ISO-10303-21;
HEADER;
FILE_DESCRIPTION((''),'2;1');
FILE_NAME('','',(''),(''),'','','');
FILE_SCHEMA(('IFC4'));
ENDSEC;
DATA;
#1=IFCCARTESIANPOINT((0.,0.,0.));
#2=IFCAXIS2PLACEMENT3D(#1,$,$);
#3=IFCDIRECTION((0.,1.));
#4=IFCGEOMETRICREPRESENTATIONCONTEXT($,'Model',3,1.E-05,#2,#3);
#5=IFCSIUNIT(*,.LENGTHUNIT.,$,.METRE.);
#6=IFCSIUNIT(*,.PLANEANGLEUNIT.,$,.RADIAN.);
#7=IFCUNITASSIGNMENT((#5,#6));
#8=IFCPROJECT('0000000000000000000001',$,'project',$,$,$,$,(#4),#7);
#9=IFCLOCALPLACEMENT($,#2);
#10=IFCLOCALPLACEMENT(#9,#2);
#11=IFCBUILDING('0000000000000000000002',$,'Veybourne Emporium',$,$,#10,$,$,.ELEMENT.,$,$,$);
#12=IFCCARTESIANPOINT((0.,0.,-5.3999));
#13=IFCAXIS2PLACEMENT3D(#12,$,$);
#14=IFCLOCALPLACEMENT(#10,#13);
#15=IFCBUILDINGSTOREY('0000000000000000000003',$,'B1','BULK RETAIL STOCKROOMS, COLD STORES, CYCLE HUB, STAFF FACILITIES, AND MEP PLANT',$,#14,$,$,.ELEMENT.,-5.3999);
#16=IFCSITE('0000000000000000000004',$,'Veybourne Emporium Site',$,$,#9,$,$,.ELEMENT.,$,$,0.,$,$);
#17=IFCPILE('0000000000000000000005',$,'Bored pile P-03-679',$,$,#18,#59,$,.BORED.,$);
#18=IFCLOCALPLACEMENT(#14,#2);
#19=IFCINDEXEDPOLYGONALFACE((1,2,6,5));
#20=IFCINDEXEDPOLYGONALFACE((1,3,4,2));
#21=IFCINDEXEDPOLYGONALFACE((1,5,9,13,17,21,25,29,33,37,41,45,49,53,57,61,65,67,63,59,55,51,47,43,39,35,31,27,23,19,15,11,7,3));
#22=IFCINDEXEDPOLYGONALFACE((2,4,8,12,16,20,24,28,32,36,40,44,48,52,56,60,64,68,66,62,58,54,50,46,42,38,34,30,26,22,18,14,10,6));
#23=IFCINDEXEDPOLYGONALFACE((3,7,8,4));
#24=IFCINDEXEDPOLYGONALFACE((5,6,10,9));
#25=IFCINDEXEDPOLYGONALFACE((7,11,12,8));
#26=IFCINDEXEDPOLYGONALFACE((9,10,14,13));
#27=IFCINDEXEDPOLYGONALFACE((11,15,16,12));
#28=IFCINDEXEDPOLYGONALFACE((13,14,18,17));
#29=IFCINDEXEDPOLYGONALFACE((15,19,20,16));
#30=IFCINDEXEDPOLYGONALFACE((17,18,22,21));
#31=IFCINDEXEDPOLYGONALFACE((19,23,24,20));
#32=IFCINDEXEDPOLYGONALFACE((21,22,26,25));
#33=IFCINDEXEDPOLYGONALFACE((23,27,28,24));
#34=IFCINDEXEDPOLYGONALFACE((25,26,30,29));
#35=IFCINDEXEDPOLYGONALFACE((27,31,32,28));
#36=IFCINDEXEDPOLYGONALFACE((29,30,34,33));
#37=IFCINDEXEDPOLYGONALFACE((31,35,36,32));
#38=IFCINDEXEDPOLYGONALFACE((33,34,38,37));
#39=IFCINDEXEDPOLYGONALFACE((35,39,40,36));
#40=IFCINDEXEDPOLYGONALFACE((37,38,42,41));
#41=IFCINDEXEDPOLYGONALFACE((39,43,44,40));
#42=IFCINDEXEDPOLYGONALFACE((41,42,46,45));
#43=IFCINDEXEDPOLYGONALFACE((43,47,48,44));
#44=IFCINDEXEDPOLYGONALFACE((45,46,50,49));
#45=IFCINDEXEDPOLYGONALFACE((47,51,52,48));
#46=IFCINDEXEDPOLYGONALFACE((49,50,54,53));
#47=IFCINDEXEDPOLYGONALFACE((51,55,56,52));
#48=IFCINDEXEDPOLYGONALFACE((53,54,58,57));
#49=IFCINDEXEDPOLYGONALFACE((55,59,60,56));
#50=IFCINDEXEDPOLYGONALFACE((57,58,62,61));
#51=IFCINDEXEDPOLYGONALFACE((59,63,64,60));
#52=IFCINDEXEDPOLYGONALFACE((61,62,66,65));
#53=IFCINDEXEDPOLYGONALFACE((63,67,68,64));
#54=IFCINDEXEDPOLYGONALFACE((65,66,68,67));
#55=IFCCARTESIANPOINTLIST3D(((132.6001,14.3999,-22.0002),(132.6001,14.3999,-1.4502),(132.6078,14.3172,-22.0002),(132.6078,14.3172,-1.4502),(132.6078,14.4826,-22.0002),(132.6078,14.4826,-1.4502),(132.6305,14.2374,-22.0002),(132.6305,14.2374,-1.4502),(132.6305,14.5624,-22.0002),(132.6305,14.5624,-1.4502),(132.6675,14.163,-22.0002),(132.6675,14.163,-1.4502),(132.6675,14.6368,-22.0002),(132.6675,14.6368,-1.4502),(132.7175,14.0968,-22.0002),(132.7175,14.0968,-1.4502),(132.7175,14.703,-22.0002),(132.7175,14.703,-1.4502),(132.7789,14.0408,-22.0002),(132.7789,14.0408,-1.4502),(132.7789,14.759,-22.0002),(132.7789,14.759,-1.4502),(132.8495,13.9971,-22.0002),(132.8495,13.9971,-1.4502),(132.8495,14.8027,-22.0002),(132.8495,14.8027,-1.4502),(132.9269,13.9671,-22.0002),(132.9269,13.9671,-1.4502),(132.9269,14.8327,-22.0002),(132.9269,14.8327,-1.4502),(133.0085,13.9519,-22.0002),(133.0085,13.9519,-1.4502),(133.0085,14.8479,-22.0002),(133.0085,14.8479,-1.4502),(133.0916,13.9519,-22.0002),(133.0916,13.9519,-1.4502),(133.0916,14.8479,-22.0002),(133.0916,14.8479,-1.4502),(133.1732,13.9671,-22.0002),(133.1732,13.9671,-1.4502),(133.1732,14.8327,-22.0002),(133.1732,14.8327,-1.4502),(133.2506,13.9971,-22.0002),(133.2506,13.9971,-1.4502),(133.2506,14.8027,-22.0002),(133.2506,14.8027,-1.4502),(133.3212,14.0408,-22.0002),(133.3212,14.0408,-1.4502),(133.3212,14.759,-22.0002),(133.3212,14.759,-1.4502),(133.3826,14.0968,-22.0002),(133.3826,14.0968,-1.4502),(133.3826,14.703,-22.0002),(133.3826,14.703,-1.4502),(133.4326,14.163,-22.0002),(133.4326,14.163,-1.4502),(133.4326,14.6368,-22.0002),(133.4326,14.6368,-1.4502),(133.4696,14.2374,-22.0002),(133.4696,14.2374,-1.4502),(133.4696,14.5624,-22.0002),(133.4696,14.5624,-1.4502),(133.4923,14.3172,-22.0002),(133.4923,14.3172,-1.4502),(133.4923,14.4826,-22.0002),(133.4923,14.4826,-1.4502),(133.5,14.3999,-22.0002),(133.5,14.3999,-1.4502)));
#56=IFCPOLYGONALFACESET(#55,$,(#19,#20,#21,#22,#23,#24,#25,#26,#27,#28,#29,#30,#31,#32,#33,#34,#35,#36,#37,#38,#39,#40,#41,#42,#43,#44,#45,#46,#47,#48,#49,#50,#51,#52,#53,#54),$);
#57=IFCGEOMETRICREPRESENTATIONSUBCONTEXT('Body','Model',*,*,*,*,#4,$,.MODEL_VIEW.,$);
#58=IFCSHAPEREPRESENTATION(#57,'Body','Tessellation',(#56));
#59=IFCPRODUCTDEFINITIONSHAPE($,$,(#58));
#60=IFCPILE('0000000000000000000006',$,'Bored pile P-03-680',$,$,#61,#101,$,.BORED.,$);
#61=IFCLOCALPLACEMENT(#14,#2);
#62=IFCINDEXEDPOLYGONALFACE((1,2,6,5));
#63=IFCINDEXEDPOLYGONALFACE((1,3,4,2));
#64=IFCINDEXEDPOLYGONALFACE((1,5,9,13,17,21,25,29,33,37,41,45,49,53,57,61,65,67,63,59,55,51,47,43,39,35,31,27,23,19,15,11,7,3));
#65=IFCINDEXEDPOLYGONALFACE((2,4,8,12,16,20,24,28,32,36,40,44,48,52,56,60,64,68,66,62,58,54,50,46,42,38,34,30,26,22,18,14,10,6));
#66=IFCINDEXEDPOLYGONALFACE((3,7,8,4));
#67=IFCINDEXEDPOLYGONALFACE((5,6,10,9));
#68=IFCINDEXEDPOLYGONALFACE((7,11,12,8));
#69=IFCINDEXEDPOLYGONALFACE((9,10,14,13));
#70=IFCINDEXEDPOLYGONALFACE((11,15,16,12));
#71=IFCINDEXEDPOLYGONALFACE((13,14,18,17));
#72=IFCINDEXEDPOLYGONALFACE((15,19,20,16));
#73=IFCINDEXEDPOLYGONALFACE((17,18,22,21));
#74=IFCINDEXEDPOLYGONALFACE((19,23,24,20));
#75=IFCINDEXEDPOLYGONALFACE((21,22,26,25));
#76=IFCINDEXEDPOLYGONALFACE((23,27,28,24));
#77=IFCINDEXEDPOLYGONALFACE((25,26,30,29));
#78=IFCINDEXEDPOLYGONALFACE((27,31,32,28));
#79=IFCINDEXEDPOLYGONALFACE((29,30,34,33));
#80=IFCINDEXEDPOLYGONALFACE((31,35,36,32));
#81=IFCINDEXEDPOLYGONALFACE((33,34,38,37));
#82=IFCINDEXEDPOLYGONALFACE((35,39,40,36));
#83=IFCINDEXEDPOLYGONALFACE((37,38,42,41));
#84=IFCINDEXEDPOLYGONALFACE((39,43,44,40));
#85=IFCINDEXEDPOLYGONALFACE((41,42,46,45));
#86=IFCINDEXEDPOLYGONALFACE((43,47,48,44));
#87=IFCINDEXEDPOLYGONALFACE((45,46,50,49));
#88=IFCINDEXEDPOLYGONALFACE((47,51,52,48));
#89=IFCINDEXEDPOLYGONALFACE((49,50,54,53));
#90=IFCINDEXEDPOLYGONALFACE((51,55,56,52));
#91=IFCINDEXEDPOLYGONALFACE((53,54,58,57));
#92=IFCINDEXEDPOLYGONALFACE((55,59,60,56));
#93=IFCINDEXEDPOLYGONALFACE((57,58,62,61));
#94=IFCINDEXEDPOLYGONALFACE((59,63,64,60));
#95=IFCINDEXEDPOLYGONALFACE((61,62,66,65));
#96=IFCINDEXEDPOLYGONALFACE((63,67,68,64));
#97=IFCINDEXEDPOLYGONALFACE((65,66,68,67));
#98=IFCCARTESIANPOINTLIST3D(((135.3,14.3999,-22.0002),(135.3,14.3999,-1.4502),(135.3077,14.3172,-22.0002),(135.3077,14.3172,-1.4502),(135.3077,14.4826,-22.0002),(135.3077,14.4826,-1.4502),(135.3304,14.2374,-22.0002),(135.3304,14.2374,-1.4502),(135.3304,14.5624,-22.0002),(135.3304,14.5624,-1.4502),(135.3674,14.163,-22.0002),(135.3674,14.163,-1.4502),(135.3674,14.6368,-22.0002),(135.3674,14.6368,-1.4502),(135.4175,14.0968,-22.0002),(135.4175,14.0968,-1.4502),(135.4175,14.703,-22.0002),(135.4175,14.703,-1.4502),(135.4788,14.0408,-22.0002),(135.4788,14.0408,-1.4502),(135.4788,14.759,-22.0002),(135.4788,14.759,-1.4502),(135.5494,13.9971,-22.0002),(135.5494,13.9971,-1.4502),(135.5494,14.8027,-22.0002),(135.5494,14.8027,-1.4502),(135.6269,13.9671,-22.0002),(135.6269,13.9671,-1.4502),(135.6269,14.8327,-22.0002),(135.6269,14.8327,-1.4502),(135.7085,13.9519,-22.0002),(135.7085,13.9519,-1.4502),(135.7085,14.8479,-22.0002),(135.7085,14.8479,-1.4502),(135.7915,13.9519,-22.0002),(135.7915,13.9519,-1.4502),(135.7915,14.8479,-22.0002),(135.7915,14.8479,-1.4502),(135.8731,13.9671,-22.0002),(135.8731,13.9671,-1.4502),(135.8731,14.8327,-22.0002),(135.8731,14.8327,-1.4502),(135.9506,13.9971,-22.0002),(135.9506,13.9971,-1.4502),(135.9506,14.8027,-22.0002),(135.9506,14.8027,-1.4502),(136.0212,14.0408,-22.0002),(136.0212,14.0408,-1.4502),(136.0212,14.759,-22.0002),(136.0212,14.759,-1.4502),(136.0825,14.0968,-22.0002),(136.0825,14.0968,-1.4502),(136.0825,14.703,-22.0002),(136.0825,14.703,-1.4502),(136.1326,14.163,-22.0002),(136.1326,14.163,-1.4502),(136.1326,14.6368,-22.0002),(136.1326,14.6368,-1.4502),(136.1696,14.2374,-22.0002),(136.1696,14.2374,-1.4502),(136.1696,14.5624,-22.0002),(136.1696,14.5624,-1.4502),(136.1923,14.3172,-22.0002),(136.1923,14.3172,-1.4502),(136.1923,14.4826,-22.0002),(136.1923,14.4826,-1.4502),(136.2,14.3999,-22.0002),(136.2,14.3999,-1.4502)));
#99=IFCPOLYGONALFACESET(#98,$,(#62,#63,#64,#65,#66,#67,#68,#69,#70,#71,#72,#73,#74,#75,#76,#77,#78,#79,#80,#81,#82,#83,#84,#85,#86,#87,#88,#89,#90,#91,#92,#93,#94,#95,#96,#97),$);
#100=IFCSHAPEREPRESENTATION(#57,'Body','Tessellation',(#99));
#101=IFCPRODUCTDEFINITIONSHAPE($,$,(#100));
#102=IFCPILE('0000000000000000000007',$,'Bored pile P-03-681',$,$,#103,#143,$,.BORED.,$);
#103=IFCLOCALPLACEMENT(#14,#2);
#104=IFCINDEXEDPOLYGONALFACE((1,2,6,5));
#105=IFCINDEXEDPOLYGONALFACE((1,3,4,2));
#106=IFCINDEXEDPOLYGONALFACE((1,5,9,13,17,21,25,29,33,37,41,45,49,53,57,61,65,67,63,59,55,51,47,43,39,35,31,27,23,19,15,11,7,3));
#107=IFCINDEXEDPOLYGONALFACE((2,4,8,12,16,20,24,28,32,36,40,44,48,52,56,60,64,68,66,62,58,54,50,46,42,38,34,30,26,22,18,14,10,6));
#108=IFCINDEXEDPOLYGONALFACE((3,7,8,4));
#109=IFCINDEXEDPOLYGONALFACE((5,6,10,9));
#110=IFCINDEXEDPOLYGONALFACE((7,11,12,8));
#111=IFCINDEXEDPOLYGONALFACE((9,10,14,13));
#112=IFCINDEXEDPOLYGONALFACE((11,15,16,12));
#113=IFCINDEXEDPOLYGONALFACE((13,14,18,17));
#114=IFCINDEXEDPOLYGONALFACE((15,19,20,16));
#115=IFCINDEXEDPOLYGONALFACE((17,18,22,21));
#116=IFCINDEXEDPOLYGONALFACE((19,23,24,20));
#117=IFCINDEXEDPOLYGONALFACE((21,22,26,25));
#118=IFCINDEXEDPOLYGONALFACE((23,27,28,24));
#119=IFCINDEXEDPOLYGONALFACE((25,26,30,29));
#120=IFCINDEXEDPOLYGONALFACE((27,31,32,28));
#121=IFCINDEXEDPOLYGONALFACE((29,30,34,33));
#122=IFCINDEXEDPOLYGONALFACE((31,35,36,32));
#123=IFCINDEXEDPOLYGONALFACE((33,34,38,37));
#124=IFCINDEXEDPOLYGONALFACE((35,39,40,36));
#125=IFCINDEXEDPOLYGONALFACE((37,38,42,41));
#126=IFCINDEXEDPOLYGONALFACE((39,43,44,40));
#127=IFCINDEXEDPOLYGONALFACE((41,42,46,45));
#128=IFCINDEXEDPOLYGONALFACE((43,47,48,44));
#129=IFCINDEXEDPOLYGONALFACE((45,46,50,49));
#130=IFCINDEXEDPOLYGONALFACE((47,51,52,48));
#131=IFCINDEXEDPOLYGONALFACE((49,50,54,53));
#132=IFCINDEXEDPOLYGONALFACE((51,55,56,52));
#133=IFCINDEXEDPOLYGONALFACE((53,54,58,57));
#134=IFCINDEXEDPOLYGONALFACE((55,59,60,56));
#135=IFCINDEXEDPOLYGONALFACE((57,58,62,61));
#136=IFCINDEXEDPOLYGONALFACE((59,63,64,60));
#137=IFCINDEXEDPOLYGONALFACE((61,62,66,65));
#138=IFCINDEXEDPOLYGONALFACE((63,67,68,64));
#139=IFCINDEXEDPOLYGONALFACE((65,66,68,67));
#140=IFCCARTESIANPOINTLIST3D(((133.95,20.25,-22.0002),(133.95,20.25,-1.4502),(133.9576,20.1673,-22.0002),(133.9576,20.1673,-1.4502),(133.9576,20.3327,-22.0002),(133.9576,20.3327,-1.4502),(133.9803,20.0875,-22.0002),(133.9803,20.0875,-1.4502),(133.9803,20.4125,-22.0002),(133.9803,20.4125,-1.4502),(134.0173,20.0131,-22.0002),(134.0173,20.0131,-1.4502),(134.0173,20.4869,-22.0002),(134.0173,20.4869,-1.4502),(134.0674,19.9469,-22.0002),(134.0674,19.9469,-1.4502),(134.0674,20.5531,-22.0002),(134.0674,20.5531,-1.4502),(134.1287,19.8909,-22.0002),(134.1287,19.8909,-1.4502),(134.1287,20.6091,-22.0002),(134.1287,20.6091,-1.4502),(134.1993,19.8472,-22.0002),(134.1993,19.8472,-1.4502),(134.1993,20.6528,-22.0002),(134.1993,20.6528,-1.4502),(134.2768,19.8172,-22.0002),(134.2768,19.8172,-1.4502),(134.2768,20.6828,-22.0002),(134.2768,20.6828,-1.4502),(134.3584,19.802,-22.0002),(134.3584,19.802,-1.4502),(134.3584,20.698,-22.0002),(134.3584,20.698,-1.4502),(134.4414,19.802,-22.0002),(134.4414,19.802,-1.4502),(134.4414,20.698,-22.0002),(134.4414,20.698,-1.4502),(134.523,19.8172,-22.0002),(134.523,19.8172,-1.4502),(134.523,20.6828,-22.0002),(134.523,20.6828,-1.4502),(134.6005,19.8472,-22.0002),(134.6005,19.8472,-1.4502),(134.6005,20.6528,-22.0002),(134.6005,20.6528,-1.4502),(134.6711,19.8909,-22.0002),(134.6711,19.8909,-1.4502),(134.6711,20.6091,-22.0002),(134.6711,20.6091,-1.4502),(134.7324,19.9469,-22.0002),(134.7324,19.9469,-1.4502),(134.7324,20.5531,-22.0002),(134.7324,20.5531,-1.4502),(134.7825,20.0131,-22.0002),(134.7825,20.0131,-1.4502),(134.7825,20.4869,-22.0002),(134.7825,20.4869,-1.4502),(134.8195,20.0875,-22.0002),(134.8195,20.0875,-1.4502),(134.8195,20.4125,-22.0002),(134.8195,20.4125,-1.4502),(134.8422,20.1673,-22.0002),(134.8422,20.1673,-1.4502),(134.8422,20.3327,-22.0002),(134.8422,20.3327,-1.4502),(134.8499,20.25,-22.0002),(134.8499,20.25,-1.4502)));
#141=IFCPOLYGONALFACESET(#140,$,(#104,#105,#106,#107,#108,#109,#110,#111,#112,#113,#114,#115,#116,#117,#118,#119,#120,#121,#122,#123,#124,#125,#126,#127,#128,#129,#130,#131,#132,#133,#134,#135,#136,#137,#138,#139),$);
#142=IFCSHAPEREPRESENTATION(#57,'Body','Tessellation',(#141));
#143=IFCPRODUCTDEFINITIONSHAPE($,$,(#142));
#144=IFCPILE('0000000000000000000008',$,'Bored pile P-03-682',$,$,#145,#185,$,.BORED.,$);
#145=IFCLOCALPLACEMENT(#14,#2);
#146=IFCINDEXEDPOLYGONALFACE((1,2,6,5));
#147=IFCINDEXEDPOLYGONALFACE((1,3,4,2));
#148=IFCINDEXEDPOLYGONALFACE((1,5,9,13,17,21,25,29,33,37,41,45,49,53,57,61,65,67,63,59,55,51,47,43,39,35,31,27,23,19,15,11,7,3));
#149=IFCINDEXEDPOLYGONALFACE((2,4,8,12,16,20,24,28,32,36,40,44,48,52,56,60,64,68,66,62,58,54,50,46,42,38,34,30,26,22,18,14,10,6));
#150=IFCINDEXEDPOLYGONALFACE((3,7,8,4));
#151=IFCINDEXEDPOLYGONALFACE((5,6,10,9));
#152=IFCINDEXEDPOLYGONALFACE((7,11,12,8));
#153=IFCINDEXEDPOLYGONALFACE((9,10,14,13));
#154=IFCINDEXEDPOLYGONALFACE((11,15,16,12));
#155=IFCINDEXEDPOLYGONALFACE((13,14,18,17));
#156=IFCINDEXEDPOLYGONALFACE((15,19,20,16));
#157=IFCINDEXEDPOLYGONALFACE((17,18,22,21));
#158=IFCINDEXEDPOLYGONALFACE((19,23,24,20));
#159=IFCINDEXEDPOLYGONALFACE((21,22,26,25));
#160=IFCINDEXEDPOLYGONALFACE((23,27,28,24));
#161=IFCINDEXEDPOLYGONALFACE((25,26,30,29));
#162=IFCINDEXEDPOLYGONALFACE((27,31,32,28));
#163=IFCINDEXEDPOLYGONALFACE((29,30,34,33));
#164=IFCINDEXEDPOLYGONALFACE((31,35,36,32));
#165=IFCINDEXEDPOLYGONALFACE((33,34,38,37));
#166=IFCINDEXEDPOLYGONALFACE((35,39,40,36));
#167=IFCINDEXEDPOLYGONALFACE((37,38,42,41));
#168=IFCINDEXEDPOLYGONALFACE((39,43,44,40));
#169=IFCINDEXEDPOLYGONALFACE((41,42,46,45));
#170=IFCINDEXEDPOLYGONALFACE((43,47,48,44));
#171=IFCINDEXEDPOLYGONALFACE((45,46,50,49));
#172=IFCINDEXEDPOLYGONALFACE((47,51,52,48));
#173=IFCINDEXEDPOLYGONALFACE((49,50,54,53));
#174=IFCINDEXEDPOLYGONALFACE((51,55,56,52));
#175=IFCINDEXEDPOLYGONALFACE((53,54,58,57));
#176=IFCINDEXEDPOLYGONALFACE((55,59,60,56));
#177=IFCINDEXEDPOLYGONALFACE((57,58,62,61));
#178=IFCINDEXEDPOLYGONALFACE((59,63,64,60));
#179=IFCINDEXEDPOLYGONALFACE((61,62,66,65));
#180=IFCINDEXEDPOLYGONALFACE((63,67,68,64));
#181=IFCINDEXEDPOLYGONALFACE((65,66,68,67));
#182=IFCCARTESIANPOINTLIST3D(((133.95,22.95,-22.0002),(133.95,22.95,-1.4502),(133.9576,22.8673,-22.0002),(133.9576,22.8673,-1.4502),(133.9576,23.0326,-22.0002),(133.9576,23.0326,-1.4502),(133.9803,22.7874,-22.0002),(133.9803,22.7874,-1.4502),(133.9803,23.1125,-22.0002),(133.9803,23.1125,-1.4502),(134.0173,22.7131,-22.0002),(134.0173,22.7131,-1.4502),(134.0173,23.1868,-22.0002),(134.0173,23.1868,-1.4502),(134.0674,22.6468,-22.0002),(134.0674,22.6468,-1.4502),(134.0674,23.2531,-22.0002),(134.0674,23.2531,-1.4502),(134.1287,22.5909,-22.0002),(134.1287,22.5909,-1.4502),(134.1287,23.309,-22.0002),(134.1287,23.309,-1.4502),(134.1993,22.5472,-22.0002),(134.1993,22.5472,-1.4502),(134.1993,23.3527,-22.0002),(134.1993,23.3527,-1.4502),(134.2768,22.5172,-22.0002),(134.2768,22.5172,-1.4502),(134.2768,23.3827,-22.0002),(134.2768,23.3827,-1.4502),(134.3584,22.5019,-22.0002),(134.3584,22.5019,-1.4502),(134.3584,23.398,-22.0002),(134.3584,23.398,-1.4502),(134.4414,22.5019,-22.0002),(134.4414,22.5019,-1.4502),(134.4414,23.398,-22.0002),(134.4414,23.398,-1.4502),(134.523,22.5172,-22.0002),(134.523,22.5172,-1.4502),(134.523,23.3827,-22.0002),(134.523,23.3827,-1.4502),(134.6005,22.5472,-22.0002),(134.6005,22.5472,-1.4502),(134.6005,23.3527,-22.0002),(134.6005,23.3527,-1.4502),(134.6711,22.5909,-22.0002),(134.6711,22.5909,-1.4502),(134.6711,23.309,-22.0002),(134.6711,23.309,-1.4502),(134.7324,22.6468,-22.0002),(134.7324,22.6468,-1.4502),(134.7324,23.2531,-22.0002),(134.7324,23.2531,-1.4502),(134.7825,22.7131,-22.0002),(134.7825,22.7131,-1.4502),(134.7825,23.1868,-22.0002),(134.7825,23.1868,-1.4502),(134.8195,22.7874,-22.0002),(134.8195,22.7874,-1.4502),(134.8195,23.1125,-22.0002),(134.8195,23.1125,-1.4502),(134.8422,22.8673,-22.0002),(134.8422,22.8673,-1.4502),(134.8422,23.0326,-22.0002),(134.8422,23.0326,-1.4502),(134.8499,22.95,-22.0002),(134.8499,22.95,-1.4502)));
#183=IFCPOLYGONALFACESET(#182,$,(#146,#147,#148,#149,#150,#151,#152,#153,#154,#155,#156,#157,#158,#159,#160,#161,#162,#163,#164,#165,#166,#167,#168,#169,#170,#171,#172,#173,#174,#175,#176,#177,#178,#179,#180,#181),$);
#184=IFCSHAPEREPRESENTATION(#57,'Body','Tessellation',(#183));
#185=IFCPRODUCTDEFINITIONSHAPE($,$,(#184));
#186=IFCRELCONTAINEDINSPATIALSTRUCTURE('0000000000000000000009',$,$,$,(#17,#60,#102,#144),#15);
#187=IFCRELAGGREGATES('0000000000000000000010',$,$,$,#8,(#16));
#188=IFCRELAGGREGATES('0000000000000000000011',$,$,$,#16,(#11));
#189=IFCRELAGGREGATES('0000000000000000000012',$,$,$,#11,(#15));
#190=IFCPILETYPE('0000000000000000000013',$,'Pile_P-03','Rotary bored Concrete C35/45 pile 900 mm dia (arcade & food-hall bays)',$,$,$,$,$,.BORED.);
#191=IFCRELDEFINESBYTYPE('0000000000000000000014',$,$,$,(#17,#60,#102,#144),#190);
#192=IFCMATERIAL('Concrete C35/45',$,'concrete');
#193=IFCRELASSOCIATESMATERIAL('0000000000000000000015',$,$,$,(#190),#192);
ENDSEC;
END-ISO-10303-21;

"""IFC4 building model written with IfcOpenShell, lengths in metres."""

from ifc_helpers import new_model, si_unit, direction, frame, origin, origin_2d, place, context, subcontext, project, spatial, circle, extrude, material, material_profile, profile_set, type_object, element, save


model = new_model("IFC4")

# Units and contexts
model_context = context("Model", 3, precision=1e-05, world=origin(), true_north=direction((0.0, 1.0)))
body_context = subcontext(model_context, "Body", "Model", "MODEL_VIEW")
ifc_project = project(units=[si_unit("LENGTHUNIT", "METRE"), si_unit("PLANEANGLEUNIT", "RADIAN")], contexts=[model_context])

# Site, building, storey
site_placement = place(None, origin())
site = spatial("IfcSite", under=ifc_project, at=site_placement, Name="Veybourne Emporium Site", CompositionType="ELEMENT", RefElevation=0.0)
building_placement = place(site_placement, origin())
building = spatial("IfcBuilding", under=site, at=building_placement, Name="Veybourne Emporium", CompositionType="ELEMENT")
storey_placement = place(building_placement, frame((0.0, 0.0, -5.3999)))
storey = spatial("IfcBuildingStorey", under=building, at=storey_placement, Name="B1", Description="BULK RETAIL STOCKROOMS, COLD STORES, CYCLE HUB, STAFF FACILITIES, AND MEP PLANT", CompositionType="ELEMENT", Elevation=-5.3999)

# Shared definitions
ifc_material_1 = material(Name="Concrete C35/45", Category="concrete")

# Piles
ifc_material_profile_1 = material_profile(ifc_material_1, circle(Radius=0.45, at=origin_2d()), Name="BORED PILE 900")
ifc_profile_set_1 = profile_set([ifc_material_profile_1], Name="Concrete C35/45")
pile_type = type_object("IfcPileType", Name="Pile_P-03", Description="Rotary bored Concrete C35/45 pile 900 mm dia (arcade & food-hall bays)", PredefinedType="BORED", material=ifc_profile_set_1)
for number, where, z_axis, x_axis, name in (
    (1, (133.05, 14.3999, -1.4502), (0.0, 0.0, -1.0), (1.0, 0.0, 0.0), "Bored pile P-03-679"),
    (2, (135.75, 14.3999, -1.4502), (0.0, 0.0, -1.0), (1.0, 0.0, 0.0), "Bored pile P-03-680"),
    (3, (134.3999, 20.25, -1.4502), (0.0, 0.0, -1.0), (1.0, 0.0, 0.0), "Bored pile P-03-681"),
    (4, (134.3999, 22.95, -1.4502), (0.0, 0.0, -1.0), (1.0, 0.0, 0.0), "Bored pile P-03-682"),
):
    element("IfcPile", number, at=place(storey_placement, frame(where, z_axis=z_axis, x_axis=x_axis)), inside=storey, type_object=pile_type, Name=name, PredefinedType="BORED", context=body_context, shape_type="SweptSolid", body=[
        extrude(circle(Radius=0.45, at=origin_2d()), origin(), (0.0, 0.0, 1.0), 20.55),
    ])

save(model, "model.ifc")
